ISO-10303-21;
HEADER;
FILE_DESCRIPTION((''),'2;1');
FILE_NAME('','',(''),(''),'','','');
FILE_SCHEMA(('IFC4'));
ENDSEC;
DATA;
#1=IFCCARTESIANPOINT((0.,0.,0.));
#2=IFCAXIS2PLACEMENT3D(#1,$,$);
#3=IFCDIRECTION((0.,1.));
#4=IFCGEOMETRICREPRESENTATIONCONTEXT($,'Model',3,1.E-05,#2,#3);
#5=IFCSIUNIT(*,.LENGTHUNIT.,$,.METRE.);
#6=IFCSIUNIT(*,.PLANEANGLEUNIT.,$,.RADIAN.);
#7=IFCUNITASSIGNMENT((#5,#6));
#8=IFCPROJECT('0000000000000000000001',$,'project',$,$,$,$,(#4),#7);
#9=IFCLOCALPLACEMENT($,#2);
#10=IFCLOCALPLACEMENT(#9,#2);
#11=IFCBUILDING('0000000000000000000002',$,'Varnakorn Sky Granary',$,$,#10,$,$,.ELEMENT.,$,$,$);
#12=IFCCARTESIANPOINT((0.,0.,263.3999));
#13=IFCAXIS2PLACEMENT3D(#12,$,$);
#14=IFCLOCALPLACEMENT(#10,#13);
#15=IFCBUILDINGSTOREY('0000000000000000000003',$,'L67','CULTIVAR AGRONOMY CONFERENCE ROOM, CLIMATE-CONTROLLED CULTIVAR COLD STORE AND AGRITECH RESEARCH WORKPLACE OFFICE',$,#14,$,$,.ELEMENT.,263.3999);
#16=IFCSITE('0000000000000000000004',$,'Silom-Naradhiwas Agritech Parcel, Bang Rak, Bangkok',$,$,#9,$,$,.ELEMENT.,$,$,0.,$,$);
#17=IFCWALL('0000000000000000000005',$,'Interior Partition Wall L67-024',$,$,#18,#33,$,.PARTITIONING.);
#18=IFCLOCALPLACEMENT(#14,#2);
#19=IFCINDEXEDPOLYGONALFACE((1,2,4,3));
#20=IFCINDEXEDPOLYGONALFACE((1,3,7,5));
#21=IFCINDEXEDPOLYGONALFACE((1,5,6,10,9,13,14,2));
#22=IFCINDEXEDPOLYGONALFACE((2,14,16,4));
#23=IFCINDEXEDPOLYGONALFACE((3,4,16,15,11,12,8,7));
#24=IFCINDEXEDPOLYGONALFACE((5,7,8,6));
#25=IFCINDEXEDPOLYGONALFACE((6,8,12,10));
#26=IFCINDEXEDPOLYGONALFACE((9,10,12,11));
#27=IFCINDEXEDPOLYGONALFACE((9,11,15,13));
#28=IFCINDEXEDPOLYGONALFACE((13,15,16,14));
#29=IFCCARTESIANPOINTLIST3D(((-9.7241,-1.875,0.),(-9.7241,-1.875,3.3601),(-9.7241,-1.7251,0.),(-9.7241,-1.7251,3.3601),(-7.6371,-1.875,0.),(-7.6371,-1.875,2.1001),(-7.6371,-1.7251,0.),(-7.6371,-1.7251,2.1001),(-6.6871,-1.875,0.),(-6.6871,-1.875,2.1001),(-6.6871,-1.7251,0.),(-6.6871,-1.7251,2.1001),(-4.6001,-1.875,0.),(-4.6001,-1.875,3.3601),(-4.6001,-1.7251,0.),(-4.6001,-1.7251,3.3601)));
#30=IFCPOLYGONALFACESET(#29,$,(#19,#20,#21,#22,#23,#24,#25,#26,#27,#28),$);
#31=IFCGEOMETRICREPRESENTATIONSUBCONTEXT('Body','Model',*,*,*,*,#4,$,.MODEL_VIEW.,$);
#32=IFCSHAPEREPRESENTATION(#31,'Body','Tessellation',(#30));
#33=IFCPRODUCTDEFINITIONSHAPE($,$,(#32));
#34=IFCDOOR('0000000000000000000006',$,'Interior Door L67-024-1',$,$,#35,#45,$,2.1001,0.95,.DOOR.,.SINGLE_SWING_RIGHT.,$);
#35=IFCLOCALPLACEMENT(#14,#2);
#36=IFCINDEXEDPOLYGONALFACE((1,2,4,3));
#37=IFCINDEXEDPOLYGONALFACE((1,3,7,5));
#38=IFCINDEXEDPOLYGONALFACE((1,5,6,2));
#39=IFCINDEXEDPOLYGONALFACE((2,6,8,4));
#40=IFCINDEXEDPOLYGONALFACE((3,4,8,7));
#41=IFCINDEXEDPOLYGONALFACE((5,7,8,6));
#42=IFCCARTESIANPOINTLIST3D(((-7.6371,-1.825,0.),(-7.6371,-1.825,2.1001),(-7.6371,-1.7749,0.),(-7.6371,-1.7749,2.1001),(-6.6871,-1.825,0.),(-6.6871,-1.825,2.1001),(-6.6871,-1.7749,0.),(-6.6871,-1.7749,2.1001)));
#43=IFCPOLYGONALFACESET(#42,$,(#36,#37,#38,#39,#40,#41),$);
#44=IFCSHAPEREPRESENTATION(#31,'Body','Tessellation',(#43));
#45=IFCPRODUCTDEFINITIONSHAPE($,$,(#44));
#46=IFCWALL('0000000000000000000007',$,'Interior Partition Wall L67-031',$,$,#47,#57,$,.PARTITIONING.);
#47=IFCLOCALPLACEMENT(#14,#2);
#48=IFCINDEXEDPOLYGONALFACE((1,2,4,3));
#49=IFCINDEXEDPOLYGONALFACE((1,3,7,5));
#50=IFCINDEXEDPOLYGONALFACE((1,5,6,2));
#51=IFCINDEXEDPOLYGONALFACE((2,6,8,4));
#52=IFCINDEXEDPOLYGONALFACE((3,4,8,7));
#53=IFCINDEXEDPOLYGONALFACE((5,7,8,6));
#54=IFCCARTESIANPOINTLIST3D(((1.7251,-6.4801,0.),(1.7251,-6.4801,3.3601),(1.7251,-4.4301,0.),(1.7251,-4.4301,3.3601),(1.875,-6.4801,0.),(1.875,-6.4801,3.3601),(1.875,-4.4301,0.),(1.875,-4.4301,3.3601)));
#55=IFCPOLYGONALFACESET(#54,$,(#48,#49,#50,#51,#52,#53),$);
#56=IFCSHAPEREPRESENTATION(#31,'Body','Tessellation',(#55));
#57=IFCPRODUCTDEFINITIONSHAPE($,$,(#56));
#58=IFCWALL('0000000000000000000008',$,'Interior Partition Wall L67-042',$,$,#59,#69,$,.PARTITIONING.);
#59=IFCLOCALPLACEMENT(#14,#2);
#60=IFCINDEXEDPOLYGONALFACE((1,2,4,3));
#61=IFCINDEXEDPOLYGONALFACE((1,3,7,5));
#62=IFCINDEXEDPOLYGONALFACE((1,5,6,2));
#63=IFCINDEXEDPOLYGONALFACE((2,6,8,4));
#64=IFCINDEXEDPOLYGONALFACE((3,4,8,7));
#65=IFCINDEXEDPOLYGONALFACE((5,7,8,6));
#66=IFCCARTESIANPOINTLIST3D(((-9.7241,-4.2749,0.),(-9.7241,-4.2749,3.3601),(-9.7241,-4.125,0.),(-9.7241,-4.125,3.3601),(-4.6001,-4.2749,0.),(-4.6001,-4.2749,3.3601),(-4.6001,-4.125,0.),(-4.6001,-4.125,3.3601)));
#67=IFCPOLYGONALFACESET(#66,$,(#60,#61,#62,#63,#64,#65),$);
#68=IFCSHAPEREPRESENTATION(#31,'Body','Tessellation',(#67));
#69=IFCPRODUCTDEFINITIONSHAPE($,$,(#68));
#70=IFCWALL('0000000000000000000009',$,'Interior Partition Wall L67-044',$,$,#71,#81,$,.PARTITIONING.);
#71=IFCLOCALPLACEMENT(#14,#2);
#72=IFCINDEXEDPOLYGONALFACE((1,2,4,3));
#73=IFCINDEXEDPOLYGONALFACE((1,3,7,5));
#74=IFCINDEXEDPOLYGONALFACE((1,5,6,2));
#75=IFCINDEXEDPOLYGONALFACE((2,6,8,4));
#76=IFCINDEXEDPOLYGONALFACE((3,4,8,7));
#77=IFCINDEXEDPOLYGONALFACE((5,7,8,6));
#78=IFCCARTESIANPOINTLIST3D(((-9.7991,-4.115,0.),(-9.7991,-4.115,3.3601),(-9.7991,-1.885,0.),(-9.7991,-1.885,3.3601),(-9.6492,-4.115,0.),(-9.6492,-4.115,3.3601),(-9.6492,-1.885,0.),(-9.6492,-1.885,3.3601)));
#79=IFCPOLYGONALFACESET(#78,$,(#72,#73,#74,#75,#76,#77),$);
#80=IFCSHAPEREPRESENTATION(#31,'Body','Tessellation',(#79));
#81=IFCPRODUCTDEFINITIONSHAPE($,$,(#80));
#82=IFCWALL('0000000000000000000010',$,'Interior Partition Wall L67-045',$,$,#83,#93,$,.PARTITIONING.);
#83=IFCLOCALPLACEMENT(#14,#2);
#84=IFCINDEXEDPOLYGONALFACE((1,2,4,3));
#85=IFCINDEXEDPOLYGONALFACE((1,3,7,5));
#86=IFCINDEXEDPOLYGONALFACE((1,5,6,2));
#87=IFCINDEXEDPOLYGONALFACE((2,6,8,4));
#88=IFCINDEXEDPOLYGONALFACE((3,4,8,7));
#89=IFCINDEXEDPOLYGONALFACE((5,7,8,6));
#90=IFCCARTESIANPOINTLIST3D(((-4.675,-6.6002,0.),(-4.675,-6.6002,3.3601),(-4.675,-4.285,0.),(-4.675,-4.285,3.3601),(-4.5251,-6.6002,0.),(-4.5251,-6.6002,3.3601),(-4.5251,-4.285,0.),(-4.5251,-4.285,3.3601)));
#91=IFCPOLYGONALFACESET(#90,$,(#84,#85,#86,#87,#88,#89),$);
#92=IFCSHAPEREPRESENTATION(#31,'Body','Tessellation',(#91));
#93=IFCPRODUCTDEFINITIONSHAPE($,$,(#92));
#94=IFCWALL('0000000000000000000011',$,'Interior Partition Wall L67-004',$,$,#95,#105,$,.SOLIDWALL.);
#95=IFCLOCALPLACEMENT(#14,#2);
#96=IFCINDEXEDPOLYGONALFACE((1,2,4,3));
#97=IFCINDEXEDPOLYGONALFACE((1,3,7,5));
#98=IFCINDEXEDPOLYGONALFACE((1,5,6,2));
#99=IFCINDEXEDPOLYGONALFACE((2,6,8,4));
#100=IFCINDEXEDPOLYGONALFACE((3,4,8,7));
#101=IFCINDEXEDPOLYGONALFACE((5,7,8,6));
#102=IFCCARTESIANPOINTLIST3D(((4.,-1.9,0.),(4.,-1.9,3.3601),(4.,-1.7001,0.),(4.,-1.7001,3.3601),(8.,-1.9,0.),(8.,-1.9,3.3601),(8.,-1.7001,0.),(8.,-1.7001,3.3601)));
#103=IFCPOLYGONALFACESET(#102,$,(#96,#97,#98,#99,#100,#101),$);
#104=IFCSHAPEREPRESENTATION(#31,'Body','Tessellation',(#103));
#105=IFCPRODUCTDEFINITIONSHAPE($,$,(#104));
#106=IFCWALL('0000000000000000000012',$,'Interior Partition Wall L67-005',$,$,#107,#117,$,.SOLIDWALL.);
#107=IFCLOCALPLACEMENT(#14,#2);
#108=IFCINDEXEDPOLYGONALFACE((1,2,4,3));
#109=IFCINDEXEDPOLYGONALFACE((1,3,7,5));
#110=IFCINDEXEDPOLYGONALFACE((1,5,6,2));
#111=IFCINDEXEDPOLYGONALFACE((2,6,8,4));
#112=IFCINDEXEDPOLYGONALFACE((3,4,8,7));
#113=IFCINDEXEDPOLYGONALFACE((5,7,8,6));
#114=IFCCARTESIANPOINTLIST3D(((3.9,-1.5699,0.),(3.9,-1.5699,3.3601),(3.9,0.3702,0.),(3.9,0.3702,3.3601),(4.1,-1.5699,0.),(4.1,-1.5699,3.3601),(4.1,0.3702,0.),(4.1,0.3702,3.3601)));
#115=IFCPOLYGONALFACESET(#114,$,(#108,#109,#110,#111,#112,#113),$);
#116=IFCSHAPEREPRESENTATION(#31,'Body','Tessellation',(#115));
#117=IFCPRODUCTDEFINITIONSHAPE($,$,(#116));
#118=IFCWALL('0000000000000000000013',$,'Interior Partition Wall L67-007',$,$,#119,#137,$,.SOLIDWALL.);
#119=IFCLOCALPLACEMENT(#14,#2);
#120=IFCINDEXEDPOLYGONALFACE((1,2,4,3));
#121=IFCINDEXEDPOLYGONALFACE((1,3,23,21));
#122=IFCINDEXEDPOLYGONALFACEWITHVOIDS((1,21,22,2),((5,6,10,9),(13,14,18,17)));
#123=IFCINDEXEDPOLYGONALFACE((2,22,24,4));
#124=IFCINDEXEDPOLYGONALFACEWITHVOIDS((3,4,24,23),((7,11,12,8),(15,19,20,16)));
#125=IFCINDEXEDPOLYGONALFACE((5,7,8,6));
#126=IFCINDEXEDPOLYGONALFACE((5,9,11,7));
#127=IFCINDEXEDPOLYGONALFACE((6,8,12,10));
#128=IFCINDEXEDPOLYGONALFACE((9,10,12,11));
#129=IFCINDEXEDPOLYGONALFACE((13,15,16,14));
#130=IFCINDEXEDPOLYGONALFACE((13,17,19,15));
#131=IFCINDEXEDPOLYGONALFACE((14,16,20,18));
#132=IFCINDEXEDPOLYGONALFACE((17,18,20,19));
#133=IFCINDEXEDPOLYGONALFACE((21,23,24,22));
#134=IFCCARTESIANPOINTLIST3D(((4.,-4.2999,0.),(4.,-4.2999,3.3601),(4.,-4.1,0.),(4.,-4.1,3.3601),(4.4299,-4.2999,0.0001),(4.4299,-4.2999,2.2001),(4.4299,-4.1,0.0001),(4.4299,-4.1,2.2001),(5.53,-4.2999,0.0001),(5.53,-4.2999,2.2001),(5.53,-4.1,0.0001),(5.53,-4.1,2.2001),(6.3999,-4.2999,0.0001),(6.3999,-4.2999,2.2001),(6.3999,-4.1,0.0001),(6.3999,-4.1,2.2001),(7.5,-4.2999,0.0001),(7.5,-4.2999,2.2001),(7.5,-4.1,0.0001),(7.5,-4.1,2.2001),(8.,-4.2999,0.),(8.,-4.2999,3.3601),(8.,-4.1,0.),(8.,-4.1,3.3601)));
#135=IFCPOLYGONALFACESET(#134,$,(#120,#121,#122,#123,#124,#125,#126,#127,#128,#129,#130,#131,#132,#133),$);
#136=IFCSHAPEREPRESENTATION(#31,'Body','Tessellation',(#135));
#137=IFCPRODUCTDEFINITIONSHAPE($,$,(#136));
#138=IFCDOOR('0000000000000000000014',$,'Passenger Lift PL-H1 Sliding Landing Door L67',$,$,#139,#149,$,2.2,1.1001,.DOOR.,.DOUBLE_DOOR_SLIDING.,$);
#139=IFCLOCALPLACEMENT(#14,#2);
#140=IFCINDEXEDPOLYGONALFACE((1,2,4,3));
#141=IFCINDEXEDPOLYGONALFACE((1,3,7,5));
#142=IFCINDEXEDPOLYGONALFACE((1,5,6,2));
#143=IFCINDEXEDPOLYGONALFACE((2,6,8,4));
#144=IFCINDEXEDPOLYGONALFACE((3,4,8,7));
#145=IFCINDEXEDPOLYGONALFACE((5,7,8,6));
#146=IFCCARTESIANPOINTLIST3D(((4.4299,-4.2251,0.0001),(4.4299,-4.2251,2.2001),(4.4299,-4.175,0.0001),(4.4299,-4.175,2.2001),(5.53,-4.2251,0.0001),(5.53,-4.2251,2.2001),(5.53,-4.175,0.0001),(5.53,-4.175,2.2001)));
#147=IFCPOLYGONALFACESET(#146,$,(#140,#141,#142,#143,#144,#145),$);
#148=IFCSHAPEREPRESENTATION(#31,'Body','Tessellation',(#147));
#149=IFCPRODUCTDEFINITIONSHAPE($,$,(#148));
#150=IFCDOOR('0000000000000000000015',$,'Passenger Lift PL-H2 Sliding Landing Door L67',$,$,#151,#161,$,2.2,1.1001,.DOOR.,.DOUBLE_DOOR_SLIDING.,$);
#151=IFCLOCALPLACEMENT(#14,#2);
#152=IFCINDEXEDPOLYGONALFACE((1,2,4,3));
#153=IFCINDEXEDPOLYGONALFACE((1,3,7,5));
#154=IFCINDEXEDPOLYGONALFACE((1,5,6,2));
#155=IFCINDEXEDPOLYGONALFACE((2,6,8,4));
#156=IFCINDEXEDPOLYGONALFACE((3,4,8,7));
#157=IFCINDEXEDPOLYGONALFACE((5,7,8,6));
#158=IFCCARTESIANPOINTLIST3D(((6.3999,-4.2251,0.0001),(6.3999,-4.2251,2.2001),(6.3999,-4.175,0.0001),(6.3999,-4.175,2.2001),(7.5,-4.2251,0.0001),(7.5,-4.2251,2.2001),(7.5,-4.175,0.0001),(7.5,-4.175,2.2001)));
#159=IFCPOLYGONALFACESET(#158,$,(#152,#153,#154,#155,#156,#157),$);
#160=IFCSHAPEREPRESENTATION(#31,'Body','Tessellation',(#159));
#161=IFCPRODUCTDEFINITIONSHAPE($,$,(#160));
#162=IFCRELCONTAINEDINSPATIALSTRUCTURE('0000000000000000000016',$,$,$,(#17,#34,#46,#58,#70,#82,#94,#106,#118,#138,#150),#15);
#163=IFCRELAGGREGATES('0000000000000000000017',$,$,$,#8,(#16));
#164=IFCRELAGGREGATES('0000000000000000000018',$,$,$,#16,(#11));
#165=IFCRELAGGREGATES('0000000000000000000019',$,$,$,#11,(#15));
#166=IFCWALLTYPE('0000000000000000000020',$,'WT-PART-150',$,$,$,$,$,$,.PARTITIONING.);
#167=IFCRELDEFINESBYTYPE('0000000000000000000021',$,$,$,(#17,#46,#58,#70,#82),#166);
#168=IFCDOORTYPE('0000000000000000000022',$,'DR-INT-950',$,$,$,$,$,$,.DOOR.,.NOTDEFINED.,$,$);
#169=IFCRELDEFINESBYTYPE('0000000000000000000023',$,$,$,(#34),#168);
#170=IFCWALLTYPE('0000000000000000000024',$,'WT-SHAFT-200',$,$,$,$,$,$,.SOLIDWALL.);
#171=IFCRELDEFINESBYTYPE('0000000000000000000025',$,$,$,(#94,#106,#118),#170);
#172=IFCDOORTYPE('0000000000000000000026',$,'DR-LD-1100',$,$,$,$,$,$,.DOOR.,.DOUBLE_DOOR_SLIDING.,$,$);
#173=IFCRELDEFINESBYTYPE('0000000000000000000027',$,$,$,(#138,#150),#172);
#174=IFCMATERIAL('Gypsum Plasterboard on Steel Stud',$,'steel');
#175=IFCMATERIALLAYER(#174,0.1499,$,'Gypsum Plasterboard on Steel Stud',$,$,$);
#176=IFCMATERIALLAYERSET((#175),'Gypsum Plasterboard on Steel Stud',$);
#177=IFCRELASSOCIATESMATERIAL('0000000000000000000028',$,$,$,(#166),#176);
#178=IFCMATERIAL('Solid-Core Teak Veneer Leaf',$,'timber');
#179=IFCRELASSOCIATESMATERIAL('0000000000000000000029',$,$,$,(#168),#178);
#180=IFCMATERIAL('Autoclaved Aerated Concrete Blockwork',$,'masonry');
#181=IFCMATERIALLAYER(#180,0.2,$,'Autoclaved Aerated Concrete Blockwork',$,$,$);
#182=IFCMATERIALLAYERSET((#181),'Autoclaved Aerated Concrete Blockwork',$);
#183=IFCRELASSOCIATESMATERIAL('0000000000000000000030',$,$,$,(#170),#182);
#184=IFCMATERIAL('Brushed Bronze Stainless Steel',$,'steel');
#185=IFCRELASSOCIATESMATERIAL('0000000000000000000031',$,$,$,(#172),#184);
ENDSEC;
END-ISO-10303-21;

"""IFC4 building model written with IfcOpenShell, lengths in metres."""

from ifc_helpers import new_model, si_unit, direction, frame, frame_2d, origin, place, context, subcontext, project, spatial, rectangle, extrude, material, layer, layer_set, type_object, element, fill, save


model = new_model("IFC4")

# Units and contexts
model_context = context("Model", 3, precision=1e-05, world=origin(), true_north=direction((0.0, 1.0)))
body_context = subcontext(model_context, "Body", "Model", "MODEL_VIEW")
ifc_project = project(units=[si_unit("LENGTHUNIT", "METRE"), si_unit("PLANEANGLEUNIT", "RADIAN")], contexts=[model_context])

# Site, building, storey
site_placement = place(None, origin())
site = spatial("IfcSite", under=ifc_project, at=site_placement, Name="Silom-Naradhiwas Agritech Parcel, Bang Rak, Bangkok", CompositionType="ELEMENT", RefElevation=0.0)
building_placement = place(site_placement, origin())
building = spatial("IfcBuilding", under=site, at=building_placement, Name="Varnakorn Sky Granary", CompositionType="ELEMENT")
storey_placement = place(building_placement, frame((0.0, 0.0, 263.3999)))
storey = spatial("IfcBuildingStorey", under=building, at=storey_placement, Name="L67", Description="CULTIVAR AGRONOMY CONFERENCE ROOM, CLIMATE-CONTROLLED CULTIVAR COLD STORE AND AGRITECH RESEARCH WORKPLACE OFFICE", CompositionType="ELEMENT", Elevation=263.3999)

# Shared definitions
ifc_material_1 = material(Name="Autoclaved Aerated Concrete Blockwork", Category="masonry")

# Wall, opening, door
ifc_material_2 = material(Name="Gypsum Plasterboard on Steel Stud", Category="steel")
ifc_layer_1 = layer(ifc_material_2, 0.1499, Name="Gypsum Plasterboard on Steel Stud")
ifc_layer_set_1 = layer_set([ifc_layer_1], Name="Gypsum Plasterboard on Steel Stud")
wall_type_1 = type_object("IfcWallType", Name="WT-PART-150", PredefinedType="PARTITIONING", material=ifc_layer_set_1)
wall_1_placement = place(storey_placement, frame((-4.6001, -1.8, 0.0), z_axis=(0.0, 0.0, 1.0), x_axis=(-1.0, 0.0, 0.0)))
wall_1 = element("IfcWall", 1, at=wall_1_placement, inside=storey, type_object=wall_type_1, Name="Interior Partition Wall L67-024", PredefinedType="PARTITIONING", context=body_context, shape_type="SweptSolid", body=[
    extrude(rectangle(XDim=5.124, YDim=0.1499, at=frame_2d((2.562, 0.0))), origin(), (0.0, 0.0, 1.0), 3.3601),
])
opening_1_placement = place(wall_1_placement, frame((2.0869, 0.0, 0.0)))
opening_1 = element("IfcOpeningElement", 2, at=opening_1_placement, cuts=wall_1, PredefinedType="OPENING", context=body_context, shape_type="SweptSolid", body=[
    extrude(rectangle(XDim=0.95, YDim=2.1001, at=frame_2d((0.4751, 1.05))), frame((0.0, 0.085, 0.0), z_axis=(0.0, -1.0, 0.0), x_axis=(1.0, 0.0, 0.0)), (0.0, 0.0, 1.0), 0.1699),
])
ifc_material_3 = material(Name="Solid-Core Teak Veneer Leaf", Category="timber")
door_type_1 = type_object("IfcDoorType", Name="DR-INT-950", OperationType="NOTDEFINED", PredefinedType="DOOR", material=ifc_material_3)
door_1_placement = place(opening_1_placement, origin())
door_1 = element("IfcDoor", 3, at=door_1_placement, inside=storey, type_object=door_type_1, Name="Interior Door L67-024-1", OperationType="SINGLE_SWING_RIGHT", OverallHeight=2.1001, OverallWidth=0.95, PredefinedType="DOOR", context=body_context, shape_type="SweptSolid", body=[
    extrude(rectangle(XDim=0.95, YDim=2.1001, at=frame_2d((0.4751, 1.05))), frame((0.0, 0.0249, 0.0), z_axis=(0.0, -1.0, 0.0), x_axis=(1.0, 0.0, 0.0)), (0.0, 0.0, 1.0), 0.05),
])
fill(opening_1, door_1)

# Walls
wall_2_placement = place(storey_placement, frame((1.8, -6.48, 0.0), z_axis=(0.0, 0.0, 1.0), x_axis=(0.0, 1.0, 0.0)))
element("IfcWall", 4, at=wall_2_placement, inside=storey, type_object=wall_type_1, Name="Interior Partition Wall L67-031", PredefinedType="PARTITIONING", context=body_context, shape_type="SweptSolid", body=[
    extrude(rectangle(XDim=2.05, YDim=0.1499, at=frame_2d((1.0249, 0.0))), origin(), (0.0, 0.0, 1.0), 3.3601),
])
wall_3_placement = place(storey_placement, frame((-9.7241, -4.2, 0.0), z_axis=(0.0, 0.0, 1.0), x_axis=(1.0, 0.0, 0.0)))
element("IfcWall", 5, at=wall_3_placement, inside=storey, type_object=wall_type_1, Name="Interior Partition Wall L67-042", PredefinedType="PARTITIONING", context=body_context, shape_type="SweptSolid", body=[
    extrude(rectangle(XDim=5.124, YDim=0.1499, at=frame_2d((2.562, 0.0))), origin(), (0.0, 0.0, 1.0), 3.3601),
])
wall_4_placement = place(storey_placement, frame((-9.7241, -1.885, 0.0), z_axis=(0.0, 0.0, 1.0), x_axis=(0.0, -1.0, 0.0)))
element("IfcWall", 6, at=wall_4_placement, inside=storey, type_object=wall_type_1, Name="Interior Partition Wall L67-044", PredefinedType="PARTITIONING", context=body_context, shape_type="SweptSolid", body=[
    extrude(rectangle(XDim=2.23, YDim=0.1499, at=frame_2d((1.115, 0.0))), origin(), (0.0, 0.0, 1.0), 3.3601),
])
wall_5_placement = place(storey_placement, frame((-4.6001, -4.2849, 0.0), z_axis=(0.0, 0.0, 1.0), x_axis=(0.0, -1.0, 0.0)))
element("IfcWall", 7, at=wall_5_placement, inside=storey, type_object=wall_type_1, Name="Interior Partition Wall L67-045", PredefinedType="PARTITIONING", context=body_context, shape_type="SweptSolid", body=[
    extrude(rectangle(XDim=2.3152, YDim=0.1499, at=frame_2d((1.1577, 0.0))), origin(), (0.0, 0.0, 1.0), 3.3601),
])
ifc_layer_2 = layer(ifc_material_1, 0.2, Name="Autoclaved Aerated Concrete Blockwork")
ifc_layer_set_2 = layer_set([ifc_layer_2], Name="Autoclaved Aerated Concrete Blockwork")
wall_type_2 = type_object("IfcWallType", Name="WT-SHAFT-200", PredefinedType="SOLIDWALL", material=ifc_layer_set_2)
wall_6_placement = place(storey_placement, frame((4.0, -1.8, 0.0), z_axis=(0.0, 0.0, 1.0), x_axis=(1.0, 0.0, 0.0)))
element("IfcWall", 8, at=wall_6_placement, inside=storey, type_object=wall_type_2, Name="Interior Partition Wall L67-004", PredefinedType="SOLIDWALL", context=body_context, shape_type="SweptSolid", body=[
    extrude(rectangle(XDim=4.0, YDim=0.2, at=frame_2d((2.0, 0.0))), origin(), (0.0, 0.0, 1.0), 3.3601),
])
wall_7_placement = place(storey_placement, frame((4.0, -1.5701, 0.0), z_axis=(0.0, 0.0, 1.0), x_axis=(0.0, 1.0, 0.0)))
element("IfcWall", 9, at=wall_7_placement, inside=storey, type_object=wall_type_2, Name="Interior Partition Wall L67-005", PredefinedType="SOLIDWALL", context=body_context, shape_type="SweptSolid", body=[
    extrude(rectangle(XDim=1.9402, YDim=0.2, at=frame_2d((0.9702, 0.0))), origin(), (0.0, 0.0, 1.0), 3.3601),
])

# Wall, openings, doors
wall_8_placement = place(storey_placement, frame((4.0, -4.2, 0.0), z_axis=(0.0, 0.0, 1.0), x_axis=(1.0, 0.0, 0.0)))
wall_8 = element("IfcWall", 10, at=wall_8_placement, inside=storey, type_object=wall_type_2, Name="Interior Partition Wall L67-007", PredefinedType="SOLIDWALL", context=body_context, shape_type="SweptSolid", body=[
    extrude(rectangle(XDim=4.0, YDim=0.2, at=frame_2d((2.0, 0.0))), origin(), (0.0, 0.0, 1.0), 3.3601),
])
opening_2_placement = place(wall_8_placement, frame((0.4299, 0.0, 0.0)))
opening_2 = element("IfcOpeningElement", 11, at=opening_2_placement, cuts=wall_8, PredefinedType="OPENING", context=body_context, shape_type="SweptSolid", body=[
    extrude(rectangle(XDim=1.1001, YDim=2.2, at=frame_2d((0.55, 1.1001))), frame((0.0, 0.1099, 0.0), z_axis=(0.0, -1.0, 0.0), x_axis=(1.0, 0.0, 0.0)), (0.0, 0.0, 1.0), 0.22),
])
opening_3_placement = place(wall_8_placement, frame((2.3999, 0.0, 0.0)))
opening_3 = element("IfcOpeningElement", 12, at=opening_3_placement, cuts=wall_8, PredefinedType="OPENING", context=body_context, shape_type="SweptSolid", body=[
    extrude(rectangle(XDim=1.1001, YDim=2.2, at=frame_2d((0.55, 1.1001))), frame((0.0, 0.1099, 0.0), z_axis=(0.0, -1.0, 0.0), x_axis=(1.0, 0.0, 0.0)), (0.0, 0.0, 1.0), 0.22),
])
ifc_material_4 = material(Name="Brushed Bronze Stainless Steel", Category="steel")
door_type_2 = type_object("IfcDoorType", Name="DR-LD-1100", OperationType="DOUBLE_DOOR_SLIDING", PredefinedType="DOOR", material=ifc_material_4)
door_2_placement = place(opening_2_placement, origin())
door_2 = element("IfcDoor", 13, at=door_2_placement, inside=storey, type_object=door_type_2, Name="Passenger Lift PL-H1 Sliding Landing Door L67", OperationType="DOUBLE_DOOR_SLIDING", OverallHeight=2.2, OverallWidth=1.1001, PredefinedType="DOOR", context=body_context, shape_type="SweptSolid", body=[
    extrude(rectangle(XDim=1.1001, YDim=2.2, at=frame_2d((0.55, 1.1001))), frame((0.0, 0.0249, 0.0), z_axis=(0.0, -1.0, 0.0), x_axis=(1.0, 0.0, 0.0)), (0.0, 0.0, 1.0), 0.05),
])
fill(opening_2, door_2)
door_3_placement = place(opening_3_placement, origin())
door_3 = element("IfcDoor", 14, at=door_3_placement, inside=storey, type_object=door_type_2, Name="Passenger Lift PL-H2 Sliding Landing Door L67", OperationType="DOUBLE_DOOR_SLIDING", OverallHeight=2.2, OverallWidth=1.1001, PredefinedType="DOOR", context=body_context, shape_type="SweptSolid", body=[
    extrude(rectangle(XDim=1.1001, YDim=2.2, at=frame_2d((0.55, 1.1001))), frame((0.0, 0.0249, 0.0), z_axis=(0.0, -1.0, 0.0), x_axis=(1.0, 0.0, 0.0)), (0.0, 0.0, 1.0), 0.05),
])
fill(opening_3, door_3)

save(model, "model.ifc")
